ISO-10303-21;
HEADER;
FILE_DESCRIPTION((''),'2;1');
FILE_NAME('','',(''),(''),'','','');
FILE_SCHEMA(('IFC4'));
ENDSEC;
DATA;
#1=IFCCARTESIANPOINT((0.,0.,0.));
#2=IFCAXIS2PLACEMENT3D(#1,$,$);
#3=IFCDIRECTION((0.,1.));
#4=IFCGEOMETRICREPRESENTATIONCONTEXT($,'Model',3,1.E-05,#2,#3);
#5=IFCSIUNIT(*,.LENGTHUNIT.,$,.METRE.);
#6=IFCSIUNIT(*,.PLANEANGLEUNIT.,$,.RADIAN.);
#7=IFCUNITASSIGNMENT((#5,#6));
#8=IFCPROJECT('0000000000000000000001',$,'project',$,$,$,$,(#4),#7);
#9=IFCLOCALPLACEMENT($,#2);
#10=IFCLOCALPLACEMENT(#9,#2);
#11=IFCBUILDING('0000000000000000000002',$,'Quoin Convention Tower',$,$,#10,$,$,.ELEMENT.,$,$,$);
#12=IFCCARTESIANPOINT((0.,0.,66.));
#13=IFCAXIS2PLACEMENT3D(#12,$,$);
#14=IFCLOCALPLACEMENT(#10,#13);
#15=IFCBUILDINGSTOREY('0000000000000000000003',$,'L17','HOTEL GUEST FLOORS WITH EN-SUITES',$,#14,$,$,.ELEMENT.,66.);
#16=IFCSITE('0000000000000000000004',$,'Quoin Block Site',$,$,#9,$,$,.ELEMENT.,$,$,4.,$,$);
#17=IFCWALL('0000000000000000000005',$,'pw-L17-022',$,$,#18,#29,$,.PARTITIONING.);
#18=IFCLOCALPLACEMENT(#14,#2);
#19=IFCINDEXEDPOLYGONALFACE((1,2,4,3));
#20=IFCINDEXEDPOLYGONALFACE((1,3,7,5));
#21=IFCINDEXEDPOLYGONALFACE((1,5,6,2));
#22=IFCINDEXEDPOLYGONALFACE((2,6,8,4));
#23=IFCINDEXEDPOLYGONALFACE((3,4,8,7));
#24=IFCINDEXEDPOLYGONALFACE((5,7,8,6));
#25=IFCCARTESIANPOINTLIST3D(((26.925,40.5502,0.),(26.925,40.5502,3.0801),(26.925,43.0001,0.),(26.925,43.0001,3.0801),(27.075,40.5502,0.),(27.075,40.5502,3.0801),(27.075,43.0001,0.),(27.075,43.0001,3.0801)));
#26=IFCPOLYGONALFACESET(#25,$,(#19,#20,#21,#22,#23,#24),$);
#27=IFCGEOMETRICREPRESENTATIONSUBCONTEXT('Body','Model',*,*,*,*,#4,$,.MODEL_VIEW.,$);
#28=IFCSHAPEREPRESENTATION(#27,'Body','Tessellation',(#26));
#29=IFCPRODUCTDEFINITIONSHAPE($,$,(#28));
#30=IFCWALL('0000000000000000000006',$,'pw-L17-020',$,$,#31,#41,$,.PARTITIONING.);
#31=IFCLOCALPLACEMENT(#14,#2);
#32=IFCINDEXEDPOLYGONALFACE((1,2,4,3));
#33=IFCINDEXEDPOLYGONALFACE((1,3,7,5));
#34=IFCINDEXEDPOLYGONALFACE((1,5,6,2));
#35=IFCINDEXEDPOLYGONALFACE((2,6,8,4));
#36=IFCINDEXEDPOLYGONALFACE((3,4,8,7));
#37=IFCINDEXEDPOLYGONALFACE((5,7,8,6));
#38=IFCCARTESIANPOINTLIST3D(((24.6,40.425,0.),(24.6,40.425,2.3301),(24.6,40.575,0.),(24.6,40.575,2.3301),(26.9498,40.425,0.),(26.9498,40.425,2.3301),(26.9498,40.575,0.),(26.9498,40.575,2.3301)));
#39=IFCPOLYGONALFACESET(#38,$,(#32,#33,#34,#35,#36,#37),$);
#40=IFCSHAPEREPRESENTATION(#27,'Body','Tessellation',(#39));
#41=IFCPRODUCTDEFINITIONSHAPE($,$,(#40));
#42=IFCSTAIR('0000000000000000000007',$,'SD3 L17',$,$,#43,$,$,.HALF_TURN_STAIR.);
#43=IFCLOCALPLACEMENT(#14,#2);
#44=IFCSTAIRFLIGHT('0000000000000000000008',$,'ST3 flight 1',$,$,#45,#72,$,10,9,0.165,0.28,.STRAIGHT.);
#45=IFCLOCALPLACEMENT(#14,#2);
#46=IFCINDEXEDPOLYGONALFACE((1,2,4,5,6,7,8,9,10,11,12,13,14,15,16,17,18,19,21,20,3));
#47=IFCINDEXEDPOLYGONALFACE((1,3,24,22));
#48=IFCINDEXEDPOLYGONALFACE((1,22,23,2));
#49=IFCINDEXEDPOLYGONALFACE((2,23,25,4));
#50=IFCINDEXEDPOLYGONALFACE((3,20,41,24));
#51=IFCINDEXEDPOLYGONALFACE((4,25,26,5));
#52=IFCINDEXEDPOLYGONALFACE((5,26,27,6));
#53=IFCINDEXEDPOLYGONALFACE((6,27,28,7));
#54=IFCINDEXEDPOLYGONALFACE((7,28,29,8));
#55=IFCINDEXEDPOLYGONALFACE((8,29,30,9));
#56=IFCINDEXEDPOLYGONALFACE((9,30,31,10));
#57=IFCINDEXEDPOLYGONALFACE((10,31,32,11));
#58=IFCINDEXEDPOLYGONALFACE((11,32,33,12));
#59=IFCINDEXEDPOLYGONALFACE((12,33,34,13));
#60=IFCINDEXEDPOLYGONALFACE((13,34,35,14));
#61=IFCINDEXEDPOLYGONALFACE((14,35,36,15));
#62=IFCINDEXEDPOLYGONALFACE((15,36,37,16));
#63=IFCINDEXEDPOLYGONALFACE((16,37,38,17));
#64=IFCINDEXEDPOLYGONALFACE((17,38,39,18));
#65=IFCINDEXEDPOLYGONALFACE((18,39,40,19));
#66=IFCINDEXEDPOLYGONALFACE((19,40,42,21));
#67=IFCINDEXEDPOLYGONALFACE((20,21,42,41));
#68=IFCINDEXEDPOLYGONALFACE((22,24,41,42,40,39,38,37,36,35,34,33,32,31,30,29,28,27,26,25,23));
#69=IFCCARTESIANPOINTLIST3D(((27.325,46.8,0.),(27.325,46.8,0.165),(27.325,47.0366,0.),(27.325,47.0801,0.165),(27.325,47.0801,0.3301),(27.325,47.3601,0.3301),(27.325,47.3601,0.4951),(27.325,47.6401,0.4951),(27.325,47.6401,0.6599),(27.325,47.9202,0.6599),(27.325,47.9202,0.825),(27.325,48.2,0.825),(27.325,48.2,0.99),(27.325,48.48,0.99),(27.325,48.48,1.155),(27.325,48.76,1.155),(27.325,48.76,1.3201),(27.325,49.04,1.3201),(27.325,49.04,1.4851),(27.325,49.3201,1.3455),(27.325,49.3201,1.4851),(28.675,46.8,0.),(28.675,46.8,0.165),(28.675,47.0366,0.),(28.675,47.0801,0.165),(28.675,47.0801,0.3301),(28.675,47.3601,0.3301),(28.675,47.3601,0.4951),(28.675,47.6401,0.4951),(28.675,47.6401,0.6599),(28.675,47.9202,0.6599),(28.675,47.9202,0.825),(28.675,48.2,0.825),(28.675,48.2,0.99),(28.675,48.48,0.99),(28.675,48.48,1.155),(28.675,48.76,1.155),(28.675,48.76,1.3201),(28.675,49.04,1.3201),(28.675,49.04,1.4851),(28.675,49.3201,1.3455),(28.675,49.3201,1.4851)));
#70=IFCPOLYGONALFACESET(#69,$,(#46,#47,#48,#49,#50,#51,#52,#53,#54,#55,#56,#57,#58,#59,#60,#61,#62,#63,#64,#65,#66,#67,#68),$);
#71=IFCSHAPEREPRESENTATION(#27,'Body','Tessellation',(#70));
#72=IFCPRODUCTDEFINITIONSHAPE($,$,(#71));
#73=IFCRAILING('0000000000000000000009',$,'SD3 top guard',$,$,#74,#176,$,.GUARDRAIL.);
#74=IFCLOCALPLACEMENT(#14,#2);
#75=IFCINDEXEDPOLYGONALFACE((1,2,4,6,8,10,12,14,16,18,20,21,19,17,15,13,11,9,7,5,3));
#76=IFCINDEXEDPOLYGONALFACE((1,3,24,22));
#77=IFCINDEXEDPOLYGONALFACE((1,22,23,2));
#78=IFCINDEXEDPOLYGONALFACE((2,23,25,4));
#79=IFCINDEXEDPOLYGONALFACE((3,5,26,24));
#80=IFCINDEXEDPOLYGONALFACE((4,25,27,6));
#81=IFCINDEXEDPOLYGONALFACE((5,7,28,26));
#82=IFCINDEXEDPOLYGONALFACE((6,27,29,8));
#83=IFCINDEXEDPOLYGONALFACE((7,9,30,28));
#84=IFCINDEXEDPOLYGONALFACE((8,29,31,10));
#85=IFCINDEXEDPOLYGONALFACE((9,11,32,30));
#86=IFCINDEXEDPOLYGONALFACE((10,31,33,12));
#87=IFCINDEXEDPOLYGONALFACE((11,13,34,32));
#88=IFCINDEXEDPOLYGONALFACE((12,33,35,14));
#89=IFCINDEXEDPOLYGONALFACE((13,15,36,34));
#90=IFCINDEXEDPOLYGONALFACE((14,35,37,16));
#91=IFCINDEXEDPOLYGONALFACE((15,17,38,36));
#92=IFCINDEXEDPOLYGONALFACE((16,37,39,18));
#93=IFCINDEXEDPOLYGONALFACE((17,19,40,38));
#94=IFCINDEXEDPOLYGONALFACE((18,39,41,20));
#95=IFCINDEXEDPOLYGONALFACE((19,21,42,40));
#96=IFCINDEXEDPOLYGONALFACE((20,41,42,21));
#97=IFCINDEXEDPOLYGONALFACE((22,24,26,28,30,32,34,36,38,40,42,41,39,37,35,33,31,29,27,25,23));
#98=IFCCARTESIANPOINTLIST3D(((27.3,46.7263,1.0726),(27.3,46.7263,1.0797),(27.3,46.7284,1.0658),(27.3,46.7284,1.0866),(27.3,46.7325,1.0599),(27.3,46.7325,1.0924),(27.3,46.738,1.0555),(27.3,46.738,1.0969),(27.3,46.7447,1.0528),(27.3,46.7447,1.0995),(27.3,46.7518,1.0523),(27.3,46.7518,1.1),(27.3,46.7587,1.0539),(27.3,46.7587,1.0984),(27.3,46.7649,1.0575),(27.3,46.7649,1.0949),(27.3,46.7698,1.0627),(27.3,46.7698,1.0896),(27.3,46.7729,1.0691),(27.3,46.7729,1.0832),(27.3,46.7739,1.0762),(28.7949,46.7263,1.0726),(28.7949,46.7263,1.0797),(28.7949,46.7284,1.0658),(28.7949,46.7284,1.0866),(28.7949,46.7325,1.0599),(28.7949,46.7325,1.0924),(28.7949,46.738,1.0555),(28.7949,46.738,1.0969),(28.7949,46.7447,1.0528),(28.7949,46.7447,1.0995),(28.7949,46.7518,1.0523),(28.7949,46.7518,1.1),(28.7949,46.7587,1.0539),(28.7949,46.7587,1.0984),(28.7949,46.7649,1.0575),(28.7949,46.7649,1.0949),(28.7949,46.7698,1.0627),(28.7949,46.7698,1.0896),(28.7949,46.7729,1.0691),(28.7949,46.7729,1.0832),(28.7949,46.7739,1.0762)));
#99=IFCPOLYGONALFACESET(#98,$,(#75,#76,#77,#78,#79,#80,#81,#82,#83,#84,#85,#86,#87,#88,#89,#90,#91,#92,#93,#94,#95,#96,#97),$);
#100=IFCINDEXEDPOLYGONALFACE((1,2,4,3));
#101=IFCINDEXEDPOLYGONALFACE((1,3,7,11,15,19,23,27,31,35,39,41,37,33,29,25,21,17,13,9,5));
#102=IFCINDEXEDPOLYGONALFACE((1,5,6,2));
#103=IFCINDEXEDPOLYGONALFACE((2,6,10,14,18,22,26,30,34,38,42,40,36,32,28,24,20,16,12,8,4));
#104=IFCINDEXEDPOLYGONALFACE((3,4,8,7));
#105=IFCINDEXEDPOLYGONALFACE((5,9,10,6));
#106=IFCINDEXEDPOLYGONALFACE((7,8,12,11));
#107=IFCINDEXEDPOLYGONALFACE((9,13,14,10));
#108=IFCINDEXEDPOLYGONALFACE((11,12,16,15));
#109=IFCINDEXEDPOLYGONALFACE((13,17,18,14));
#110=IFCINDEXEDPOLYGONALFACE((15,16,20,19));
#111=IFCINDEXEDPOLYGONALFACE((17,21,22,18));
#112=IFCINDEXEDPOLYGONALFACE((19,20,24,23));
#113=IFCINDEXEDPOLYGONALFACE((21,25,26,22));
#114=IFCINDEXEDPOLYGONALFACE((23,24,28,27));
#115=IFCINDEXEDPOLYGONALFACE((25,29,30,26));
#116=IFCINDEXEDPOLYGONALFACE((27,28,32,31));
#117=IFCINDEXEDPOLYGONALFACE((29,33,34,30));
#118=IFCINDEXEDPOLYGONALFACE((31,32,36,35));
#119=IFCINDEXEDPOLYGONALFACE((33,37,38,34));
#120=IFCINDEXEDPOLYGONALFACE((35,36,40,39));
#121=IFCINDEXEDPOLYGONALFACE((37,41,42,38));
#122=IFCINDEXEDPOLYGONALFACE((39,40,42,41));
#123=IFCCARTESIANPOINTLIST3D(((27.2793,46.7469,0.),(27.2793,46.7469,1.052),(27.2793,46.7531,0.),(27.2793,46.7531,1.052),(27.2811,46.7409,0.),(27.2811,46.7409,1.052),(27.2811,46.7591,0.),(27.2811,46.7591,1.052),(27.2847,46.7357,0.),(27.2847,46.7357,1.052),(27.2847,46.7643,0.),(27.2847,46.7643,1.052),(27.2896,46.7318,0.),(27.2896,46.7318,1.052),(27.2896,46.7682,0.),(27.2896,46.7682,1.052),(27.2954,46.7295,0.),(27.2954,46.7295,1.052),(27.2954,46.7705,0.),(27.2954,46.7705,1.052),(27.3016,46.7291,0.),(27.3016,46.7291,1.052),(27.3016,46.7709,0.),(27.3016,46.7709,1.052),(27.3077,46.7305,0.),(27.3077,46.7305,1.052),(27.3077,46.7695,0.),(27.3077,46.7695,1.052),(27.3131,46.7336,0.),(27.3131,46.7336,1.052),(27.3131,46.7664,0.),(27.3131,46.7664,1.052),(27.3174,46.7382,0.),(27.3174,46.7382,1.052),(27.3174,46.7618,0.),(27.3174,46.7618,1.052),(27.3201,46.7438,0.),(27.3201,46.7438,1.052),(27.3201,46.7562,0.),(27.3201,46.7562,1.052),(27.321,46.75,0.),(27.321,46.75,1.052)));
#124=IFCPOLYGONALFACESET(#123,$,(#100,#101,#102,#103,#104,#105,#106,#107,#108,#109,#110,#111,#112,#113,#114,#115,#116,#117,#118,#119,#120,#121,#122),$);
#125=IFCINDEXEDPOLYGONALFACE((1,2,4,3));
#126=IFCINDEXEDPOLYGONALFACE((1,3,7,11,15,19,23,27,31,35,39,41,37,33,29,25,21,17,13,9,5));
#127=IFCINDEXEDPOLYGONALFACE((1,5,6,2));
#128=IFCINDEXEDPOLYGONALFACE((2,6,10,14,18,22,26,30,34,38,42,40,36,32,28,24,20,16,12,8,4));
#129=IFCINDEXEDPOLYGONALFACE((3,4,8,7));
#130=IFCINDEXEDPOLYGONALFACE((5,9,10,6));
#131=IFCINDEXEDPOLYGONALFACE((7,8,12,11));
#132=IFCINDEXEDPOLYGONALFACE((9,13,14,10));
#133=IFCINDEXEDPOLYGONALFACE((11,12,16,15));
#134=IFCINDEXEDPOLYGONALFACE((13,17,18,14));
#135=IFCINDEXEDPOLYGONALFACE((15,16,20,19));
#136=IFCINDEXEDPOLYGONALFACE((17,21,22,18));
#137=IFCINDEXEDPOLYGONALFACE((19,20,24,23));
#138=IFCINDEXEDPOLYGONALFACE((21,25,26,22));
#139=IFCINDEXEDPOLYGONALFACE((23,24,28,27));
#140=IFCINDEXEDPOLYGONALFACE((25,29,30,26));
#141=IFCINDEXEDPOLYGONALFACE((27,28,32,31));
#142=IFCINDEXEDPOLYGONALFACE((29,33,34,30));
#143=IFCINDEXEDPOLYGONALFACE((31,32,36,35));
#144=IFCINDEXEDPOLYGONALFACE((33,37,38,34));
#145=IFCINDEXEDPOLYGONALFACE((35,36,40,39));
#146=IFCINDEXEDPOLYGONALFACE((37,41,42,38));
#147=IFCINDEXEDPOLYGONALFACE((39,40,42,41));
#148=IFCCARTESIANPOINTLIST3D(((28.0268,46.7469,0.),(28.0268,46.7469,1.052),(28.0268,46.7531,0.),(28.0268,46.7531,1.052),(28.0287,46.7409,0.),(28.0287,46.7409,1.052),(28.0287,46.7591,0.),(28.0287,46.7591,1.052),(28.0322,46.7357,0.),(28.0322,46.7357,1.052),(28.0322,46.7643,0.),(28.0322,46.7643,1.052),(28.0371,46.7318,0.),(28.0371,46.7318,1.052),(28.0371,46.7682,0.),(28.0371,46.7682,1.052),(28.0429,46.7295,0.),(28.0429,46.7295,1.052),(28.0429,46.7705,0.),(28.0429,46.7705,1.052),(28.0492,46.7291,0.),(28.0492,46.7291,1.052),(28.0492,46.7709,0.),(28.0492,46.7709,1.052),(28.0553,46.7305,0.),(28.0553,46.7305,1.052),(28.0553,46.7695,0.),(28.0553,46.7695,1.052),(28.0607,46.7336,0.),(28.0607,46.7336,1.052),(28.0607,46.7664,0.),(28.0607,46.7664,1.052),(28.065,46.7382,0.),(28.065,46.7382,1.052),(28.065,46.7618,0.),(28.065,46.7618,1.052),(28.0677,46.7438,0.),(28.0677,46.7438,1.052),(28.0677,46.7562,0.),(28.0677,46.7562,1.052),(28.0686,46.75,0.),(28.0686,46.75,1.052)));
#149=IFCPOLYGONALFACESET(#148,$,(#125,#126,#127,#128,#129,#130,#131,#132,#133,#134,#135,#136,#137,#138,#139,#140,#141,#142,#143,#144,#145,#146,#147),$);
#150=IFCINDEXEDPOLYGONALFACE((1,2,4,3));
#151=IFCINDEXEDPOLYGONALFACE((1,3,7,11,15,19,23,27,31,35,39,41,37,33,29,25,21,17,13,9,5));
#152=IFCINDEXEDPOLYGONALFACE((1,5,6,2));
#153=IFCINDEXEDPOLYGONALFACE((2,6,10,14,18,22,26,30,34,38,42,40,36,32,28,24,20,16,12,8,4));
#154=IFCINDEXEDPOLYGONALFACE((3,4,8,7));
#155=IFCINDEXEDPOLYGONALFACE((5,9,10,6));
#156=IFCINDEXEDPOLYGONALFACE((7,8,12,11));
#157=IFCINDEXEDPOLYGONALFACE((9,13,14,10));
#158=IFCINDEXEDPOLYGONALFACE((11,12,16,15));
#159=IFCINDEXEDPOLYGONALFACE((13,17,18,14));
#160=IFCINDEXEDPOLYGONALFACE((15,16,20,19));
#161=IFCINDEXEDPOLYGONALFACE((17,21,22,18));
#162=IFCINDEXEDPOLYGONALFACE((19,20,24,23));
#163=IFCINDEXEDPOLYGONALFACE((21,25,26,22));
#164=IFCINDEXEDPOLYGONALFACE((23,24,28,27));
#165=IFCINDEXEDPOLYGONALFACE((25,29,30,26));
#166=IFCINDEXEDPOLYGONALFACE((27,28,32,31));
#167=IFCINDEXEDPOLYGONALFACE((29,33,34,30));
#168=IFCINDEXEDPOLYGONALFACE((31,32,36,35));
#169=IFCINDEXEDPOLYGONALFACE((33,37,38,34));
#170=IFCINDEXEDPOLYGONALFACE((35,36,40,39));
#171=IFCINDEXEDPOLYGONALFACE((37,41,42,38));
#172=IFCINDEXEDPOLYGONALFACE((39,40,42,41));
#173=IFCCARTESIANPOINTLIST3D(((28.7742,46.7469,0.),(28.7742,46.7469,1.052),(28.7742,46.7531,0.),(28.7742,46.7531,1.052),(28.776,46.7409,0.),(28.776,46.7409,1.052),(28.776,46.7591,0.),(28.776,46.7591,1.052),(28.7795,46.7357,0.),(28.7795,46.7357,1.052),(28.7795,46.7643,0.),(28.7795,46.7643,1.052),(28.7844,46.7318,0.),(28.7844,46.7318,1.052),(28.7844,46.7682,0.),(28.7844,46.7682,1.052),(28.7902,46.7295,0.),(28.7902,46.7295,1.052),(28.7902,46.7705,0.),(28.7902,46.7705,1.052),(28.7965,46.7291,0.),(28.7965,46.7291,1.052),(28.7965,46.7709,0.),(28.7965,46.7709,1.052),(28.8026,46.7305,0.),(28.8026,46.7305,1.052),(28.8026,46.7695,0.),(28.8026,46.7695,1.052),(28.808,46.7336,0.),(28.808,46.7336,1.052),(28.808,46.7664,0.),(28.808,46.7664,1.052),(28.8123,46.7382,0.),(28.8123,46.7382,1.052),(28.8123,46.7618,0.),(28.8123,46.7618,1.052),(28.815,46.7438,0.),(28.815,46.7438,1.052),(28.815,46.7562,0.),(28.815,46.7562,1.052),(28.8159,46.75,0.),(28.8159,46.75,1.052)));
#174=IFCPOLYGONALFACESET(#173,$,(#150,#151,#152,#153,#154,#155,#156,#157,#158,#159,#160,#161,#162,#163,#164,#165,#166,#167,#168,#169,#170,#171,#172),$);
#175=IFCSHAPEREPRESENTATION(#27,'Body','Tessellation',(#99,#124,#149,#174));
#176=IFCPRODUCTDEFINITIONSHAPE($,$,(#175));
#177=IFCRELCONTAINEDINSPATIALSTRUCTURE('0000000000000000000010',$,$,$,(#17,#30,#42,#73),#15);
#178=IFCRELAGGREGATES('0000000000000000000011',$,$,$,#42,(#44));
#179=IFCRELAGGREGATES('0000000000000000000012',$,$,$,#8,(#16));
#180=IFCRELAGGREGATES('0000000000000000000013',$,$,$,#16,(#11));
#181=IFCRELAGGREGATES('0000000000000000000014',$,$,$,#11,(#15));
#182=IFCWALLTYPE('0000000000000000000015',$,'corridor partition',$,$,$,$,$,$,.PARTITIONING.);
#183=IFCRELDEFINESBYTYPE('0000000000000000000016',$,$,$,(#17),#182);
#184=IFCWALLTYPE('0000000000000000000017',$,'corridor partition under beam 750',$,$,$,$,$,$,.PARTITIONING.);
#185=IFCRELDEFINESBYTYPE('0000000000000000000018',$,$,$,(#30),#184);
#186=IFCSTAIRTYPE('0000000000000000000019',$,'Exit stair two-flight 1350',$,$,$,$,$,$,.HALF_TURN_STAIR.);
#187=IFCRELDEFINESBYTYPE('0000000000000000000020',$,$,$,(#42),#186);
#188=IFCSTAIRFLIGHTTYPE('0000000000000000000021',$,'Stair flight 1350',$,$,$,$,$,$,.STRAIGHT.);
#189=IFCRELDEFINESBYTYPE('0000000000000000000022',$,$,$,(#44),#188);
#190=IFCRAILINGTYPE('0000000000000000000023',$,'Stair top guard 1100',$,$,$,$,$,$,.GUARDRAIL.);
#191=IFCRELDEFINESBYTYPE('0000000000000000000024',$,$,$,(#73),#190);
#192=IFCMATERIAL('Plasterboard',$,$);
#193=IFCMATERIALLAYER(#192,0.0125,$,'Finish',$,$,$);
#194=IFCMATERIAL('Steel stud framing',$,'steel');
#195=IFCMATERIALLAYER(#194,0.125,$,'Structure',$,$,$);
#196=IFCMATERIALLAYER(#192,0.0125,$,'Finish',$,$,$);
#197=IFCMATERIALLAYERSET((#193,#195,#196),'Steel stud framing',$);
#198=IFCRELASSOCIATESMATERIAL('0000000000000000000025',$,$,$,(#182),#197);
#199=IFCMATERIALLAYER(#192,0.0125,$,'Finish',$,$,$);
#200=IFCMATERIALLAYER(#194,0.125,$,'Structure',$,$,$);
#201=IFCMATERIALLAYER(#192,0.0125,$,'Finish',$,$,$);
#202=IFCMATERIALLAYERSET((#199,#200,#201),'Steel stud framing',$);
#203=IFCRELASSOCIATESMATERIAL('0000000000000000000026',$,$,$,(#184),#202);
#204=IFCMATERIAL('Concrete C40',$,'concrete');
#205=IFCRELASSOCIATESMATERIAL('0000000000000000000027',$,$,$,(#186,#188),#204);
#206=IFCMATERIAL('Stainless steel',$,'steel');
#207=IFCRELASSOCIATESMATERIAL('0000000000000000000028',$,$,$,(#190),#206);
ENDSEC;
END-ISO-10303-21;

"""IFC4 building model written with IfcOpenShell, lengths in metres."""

from ifc_helpers import new_model, si_unit, direction, frame, frame_2d, origin, origin_2d, place, context, subcontext, project, spatial, polyline, rectangle, circle, outline, extrude, material, layer, layer_set, type_object, element, aggregate, save


model = new_model("IFC4")

# Units and contexts
model_context = context("Model", 3, precision=1e-05, world=origin(), true_north=direction((0.0, 1.0)))
body_context = subcontext(model_context, "Body", "Model", "MODEL_VIEW")
ifc_project = project(units=[si_unit("LENGTHUNIT", "METRE"), si_unit("PLANEANGLEUNIT", "RADIAN")], contexts=[model_context])

# Site, building, storey
site_placement = place(None, origin())
site = spatial("IfcSite", under=ifc_project, at=site_placement, Name="Quoin Block Site", CompositionType="ELEMENT", RefElevation=4.0)
building_placement = place(site_placement, origin())
building = spatial("IfcBuilding", under=site, at=building_placement, Name="Quoin Convention Tower", CompositionType="ELEMENT")
storey_placement = place(building_placement, frame((0.0, 0.0, 66.0)))
storey = spatial("IfcBuildingStorey", under=building, at=storey_placement, Name="L17", Description="HOTEL GUEST FLOORS WITH EN-SUITES", CompositionType="ELEMENT", Elevation=66.0)

# Walls
ifc_material_1 = material(Name="Plasterboard")
ifc_layer_1 = layer(ifc_material_1, 0.0125, Name="Finish")
ifc_material_2 = material(Name="Steel stud framing", Category="steel")
ifc_layer_2 = layer(ifc_material_2, 0.125, Name="Structure")
ifc_layer_3 = layer(ifc_material_1, 0.0125, Name="Finish")
ifc_layer_set_1 = layer_set([ifc_layer_1, ifc_layer_2, ifc_layer_3], Name="Steel stud framing")
wall_type_1 = type_object("IfcWallType", Name="corridor partition", PredefinedType="PARTITIONING", material=ifc_layer_set_1)
wall_1_placement = place(storey_placement, frame((27.0, 40.55, 0.0), z_axis=(0.0, 0.0, 1.0), x_axis=(0.0, 1.0, 0.0)))
element("IfcWall", 1, at=wall_1_placement, inside=storey, type_object=wall_type_1, Name="pw-L17-022", PredefinedType="PARTITIONING", context=body_context, shape_type="SweptSolid", body=[
    extrude(rectangle(XDim=2.45, YDim=0.1499, at=frame_2d((1.2251, 0.0))), origin(), (0.0, 0.0, 1.0), 3.0801),
])
ifc_layer_4 = layer(ifc_material_1, 0.0125, Name="Finish")
ifc_layer_5 = layer(ifc_material_2, 0.125, Name="Structure")
ifc_layer_6 = layer(ifc_material_1, 0.0125, Name="Finish")
ifc_layer_set_2 = layer_set([ifc_layer_4, ifc_layer_5, ifc_layer_6], Name="Steel stud framing")
wall_type_2 = type_object("IfcWallType", Name="corridor partition under beam 750", PredefinedType="PARTITIONING", material=ifc_layer_set_2)
wall_2_placement = place(storey_placement, frame((24.6001, 40.5, 0.0), z_axis=(0.0, 0.0, 1.0), x_axis=(1.0, 0.0, 0.0)))
element("IfcWall", 2, at=wall_2_placement, inside=storey, type_object=wall_type_2, Name="pw-L17-020", PredefinedType="PARTITIONING", context=body_context, shape_type="SweptSolid", body=[
    extrude(rectangle(XDim=2.3499, YDim=0.1499, at=frame_2d((1.1748, 0.0))), origin(), (0.0, 0.0, 1.0), 2.3301),
])

# Stair, stair flight
ifc_material_3 = material(Name="Concrete C40", Category="concrete")
stair_type = type_object("IfcStairType", Name="Exit stair two-flight 1350", PredefinedType="HALF_TURN_STAIR", material=ifc_material_3)
stair_placement = place(storey_placement, origin())
stair = element("IfcStair", 3, at=stair_placement, inside=storey, type_object=stair_type, Name="SD3 L17", PredefinedType="HALF_TURN_STAIR")
stair_flight_type = type_object("IfcStairFlightType", Name="Stair flight 1350", PredefinedType="STRAIGHT", material=ifc_material_3)
stair_flight_placement = place(storey_placement, frame((28.0, 46.8, 0.0), z_axis=(0.0, 0.0, 1.0), x_axis=(0.0, 1.0, 0.0)))
stair_flight = element("IfcStairFlight", 4, at=stair_flight_placement, type_object=stair_flight_type, Name="ST3 flight 1", NumberOfRisers=10, NumberOfTreads=9, PredefinedType="STRAIGHT", RiserHeight=0.165, TreadLength=0.28, context=body_context, shape_type="SweptSolid", body=[
    extrude(outline(polyline([(0.0, 0.0), (0.0, 0.165), (0.28, 0.165), (0.28, 0.3301), (0.5601, 0.3301), (0.5601, 0.4951), (0.8401, 0.4951), (0.8401, 0.6599), (1.1201, 0.6599), (1.1201, 0.825), (1.3999, 0.825), (1.3999, 0.99), (1.6799, 0.99), (1.6799, 1.155), (1.96, 1.155), (1.96, 1.3201), (2.24, 1.3201), (2.24, 1.4851), (2.52, 1.4851), (2.52, 1.6499), (2.52, 1.3455), (0.2366, 0.0), (0.0, 0.0)])), frame((0.0, 0.675, 0.0), z_axis=(0.0, -1.0, 0.0), x_axis=(1.0, 0.0, 0.0)), (0.0, 0.0, 1.0), 1.3501),
])
aggregate(stair, [stair_flight])

# Railing
ifc_material_4 = material(Name="Stainless steel", Category="steel")
railing_type_1 = type_object("IfcRailingType", Name="Stair top guard 1100", PredefinedType="GUARDRAIL", material=ifc_material_4)
railing_1_placement = place(storey_placement, frame((27.3, 46.75, 0.0)))
element("IfcRailing", 5, at=railing_1_placement, inside=storey, type_object=railing_type_1, Name="SD3 top guard", PredefinedType="GUARDRAIL", context=body_context, shape_type="SweptSolid", body=[
    extrude(circle(Radius=0.0239, at=origin_2d()), frame((0.0, 0.0, 1.0762), z_axis=(1.0, 0.0, 0.0), x_axis=(0.0, 1.0, 0.0)), (0.0, 0.0, 1.0), 1.4949),
    extrude(circle(Radius=0.021, at=origin_2d()), origin(), (0.0, 0.0, 1.0), 1.052),
    extrude(circle(Radius=0.021, at=origin_2d()), frame((0.7476, 0.0, 0.0)), (0.0, 0.0, 1.0), 1.052),
    extrude(circle(Radius=0.021, at=origin_2d()), frame((1.4949, 0.0, 0.0)), (0.0, 0.0, 1.0), 1.052),
])

save(model, "model.ifc")
